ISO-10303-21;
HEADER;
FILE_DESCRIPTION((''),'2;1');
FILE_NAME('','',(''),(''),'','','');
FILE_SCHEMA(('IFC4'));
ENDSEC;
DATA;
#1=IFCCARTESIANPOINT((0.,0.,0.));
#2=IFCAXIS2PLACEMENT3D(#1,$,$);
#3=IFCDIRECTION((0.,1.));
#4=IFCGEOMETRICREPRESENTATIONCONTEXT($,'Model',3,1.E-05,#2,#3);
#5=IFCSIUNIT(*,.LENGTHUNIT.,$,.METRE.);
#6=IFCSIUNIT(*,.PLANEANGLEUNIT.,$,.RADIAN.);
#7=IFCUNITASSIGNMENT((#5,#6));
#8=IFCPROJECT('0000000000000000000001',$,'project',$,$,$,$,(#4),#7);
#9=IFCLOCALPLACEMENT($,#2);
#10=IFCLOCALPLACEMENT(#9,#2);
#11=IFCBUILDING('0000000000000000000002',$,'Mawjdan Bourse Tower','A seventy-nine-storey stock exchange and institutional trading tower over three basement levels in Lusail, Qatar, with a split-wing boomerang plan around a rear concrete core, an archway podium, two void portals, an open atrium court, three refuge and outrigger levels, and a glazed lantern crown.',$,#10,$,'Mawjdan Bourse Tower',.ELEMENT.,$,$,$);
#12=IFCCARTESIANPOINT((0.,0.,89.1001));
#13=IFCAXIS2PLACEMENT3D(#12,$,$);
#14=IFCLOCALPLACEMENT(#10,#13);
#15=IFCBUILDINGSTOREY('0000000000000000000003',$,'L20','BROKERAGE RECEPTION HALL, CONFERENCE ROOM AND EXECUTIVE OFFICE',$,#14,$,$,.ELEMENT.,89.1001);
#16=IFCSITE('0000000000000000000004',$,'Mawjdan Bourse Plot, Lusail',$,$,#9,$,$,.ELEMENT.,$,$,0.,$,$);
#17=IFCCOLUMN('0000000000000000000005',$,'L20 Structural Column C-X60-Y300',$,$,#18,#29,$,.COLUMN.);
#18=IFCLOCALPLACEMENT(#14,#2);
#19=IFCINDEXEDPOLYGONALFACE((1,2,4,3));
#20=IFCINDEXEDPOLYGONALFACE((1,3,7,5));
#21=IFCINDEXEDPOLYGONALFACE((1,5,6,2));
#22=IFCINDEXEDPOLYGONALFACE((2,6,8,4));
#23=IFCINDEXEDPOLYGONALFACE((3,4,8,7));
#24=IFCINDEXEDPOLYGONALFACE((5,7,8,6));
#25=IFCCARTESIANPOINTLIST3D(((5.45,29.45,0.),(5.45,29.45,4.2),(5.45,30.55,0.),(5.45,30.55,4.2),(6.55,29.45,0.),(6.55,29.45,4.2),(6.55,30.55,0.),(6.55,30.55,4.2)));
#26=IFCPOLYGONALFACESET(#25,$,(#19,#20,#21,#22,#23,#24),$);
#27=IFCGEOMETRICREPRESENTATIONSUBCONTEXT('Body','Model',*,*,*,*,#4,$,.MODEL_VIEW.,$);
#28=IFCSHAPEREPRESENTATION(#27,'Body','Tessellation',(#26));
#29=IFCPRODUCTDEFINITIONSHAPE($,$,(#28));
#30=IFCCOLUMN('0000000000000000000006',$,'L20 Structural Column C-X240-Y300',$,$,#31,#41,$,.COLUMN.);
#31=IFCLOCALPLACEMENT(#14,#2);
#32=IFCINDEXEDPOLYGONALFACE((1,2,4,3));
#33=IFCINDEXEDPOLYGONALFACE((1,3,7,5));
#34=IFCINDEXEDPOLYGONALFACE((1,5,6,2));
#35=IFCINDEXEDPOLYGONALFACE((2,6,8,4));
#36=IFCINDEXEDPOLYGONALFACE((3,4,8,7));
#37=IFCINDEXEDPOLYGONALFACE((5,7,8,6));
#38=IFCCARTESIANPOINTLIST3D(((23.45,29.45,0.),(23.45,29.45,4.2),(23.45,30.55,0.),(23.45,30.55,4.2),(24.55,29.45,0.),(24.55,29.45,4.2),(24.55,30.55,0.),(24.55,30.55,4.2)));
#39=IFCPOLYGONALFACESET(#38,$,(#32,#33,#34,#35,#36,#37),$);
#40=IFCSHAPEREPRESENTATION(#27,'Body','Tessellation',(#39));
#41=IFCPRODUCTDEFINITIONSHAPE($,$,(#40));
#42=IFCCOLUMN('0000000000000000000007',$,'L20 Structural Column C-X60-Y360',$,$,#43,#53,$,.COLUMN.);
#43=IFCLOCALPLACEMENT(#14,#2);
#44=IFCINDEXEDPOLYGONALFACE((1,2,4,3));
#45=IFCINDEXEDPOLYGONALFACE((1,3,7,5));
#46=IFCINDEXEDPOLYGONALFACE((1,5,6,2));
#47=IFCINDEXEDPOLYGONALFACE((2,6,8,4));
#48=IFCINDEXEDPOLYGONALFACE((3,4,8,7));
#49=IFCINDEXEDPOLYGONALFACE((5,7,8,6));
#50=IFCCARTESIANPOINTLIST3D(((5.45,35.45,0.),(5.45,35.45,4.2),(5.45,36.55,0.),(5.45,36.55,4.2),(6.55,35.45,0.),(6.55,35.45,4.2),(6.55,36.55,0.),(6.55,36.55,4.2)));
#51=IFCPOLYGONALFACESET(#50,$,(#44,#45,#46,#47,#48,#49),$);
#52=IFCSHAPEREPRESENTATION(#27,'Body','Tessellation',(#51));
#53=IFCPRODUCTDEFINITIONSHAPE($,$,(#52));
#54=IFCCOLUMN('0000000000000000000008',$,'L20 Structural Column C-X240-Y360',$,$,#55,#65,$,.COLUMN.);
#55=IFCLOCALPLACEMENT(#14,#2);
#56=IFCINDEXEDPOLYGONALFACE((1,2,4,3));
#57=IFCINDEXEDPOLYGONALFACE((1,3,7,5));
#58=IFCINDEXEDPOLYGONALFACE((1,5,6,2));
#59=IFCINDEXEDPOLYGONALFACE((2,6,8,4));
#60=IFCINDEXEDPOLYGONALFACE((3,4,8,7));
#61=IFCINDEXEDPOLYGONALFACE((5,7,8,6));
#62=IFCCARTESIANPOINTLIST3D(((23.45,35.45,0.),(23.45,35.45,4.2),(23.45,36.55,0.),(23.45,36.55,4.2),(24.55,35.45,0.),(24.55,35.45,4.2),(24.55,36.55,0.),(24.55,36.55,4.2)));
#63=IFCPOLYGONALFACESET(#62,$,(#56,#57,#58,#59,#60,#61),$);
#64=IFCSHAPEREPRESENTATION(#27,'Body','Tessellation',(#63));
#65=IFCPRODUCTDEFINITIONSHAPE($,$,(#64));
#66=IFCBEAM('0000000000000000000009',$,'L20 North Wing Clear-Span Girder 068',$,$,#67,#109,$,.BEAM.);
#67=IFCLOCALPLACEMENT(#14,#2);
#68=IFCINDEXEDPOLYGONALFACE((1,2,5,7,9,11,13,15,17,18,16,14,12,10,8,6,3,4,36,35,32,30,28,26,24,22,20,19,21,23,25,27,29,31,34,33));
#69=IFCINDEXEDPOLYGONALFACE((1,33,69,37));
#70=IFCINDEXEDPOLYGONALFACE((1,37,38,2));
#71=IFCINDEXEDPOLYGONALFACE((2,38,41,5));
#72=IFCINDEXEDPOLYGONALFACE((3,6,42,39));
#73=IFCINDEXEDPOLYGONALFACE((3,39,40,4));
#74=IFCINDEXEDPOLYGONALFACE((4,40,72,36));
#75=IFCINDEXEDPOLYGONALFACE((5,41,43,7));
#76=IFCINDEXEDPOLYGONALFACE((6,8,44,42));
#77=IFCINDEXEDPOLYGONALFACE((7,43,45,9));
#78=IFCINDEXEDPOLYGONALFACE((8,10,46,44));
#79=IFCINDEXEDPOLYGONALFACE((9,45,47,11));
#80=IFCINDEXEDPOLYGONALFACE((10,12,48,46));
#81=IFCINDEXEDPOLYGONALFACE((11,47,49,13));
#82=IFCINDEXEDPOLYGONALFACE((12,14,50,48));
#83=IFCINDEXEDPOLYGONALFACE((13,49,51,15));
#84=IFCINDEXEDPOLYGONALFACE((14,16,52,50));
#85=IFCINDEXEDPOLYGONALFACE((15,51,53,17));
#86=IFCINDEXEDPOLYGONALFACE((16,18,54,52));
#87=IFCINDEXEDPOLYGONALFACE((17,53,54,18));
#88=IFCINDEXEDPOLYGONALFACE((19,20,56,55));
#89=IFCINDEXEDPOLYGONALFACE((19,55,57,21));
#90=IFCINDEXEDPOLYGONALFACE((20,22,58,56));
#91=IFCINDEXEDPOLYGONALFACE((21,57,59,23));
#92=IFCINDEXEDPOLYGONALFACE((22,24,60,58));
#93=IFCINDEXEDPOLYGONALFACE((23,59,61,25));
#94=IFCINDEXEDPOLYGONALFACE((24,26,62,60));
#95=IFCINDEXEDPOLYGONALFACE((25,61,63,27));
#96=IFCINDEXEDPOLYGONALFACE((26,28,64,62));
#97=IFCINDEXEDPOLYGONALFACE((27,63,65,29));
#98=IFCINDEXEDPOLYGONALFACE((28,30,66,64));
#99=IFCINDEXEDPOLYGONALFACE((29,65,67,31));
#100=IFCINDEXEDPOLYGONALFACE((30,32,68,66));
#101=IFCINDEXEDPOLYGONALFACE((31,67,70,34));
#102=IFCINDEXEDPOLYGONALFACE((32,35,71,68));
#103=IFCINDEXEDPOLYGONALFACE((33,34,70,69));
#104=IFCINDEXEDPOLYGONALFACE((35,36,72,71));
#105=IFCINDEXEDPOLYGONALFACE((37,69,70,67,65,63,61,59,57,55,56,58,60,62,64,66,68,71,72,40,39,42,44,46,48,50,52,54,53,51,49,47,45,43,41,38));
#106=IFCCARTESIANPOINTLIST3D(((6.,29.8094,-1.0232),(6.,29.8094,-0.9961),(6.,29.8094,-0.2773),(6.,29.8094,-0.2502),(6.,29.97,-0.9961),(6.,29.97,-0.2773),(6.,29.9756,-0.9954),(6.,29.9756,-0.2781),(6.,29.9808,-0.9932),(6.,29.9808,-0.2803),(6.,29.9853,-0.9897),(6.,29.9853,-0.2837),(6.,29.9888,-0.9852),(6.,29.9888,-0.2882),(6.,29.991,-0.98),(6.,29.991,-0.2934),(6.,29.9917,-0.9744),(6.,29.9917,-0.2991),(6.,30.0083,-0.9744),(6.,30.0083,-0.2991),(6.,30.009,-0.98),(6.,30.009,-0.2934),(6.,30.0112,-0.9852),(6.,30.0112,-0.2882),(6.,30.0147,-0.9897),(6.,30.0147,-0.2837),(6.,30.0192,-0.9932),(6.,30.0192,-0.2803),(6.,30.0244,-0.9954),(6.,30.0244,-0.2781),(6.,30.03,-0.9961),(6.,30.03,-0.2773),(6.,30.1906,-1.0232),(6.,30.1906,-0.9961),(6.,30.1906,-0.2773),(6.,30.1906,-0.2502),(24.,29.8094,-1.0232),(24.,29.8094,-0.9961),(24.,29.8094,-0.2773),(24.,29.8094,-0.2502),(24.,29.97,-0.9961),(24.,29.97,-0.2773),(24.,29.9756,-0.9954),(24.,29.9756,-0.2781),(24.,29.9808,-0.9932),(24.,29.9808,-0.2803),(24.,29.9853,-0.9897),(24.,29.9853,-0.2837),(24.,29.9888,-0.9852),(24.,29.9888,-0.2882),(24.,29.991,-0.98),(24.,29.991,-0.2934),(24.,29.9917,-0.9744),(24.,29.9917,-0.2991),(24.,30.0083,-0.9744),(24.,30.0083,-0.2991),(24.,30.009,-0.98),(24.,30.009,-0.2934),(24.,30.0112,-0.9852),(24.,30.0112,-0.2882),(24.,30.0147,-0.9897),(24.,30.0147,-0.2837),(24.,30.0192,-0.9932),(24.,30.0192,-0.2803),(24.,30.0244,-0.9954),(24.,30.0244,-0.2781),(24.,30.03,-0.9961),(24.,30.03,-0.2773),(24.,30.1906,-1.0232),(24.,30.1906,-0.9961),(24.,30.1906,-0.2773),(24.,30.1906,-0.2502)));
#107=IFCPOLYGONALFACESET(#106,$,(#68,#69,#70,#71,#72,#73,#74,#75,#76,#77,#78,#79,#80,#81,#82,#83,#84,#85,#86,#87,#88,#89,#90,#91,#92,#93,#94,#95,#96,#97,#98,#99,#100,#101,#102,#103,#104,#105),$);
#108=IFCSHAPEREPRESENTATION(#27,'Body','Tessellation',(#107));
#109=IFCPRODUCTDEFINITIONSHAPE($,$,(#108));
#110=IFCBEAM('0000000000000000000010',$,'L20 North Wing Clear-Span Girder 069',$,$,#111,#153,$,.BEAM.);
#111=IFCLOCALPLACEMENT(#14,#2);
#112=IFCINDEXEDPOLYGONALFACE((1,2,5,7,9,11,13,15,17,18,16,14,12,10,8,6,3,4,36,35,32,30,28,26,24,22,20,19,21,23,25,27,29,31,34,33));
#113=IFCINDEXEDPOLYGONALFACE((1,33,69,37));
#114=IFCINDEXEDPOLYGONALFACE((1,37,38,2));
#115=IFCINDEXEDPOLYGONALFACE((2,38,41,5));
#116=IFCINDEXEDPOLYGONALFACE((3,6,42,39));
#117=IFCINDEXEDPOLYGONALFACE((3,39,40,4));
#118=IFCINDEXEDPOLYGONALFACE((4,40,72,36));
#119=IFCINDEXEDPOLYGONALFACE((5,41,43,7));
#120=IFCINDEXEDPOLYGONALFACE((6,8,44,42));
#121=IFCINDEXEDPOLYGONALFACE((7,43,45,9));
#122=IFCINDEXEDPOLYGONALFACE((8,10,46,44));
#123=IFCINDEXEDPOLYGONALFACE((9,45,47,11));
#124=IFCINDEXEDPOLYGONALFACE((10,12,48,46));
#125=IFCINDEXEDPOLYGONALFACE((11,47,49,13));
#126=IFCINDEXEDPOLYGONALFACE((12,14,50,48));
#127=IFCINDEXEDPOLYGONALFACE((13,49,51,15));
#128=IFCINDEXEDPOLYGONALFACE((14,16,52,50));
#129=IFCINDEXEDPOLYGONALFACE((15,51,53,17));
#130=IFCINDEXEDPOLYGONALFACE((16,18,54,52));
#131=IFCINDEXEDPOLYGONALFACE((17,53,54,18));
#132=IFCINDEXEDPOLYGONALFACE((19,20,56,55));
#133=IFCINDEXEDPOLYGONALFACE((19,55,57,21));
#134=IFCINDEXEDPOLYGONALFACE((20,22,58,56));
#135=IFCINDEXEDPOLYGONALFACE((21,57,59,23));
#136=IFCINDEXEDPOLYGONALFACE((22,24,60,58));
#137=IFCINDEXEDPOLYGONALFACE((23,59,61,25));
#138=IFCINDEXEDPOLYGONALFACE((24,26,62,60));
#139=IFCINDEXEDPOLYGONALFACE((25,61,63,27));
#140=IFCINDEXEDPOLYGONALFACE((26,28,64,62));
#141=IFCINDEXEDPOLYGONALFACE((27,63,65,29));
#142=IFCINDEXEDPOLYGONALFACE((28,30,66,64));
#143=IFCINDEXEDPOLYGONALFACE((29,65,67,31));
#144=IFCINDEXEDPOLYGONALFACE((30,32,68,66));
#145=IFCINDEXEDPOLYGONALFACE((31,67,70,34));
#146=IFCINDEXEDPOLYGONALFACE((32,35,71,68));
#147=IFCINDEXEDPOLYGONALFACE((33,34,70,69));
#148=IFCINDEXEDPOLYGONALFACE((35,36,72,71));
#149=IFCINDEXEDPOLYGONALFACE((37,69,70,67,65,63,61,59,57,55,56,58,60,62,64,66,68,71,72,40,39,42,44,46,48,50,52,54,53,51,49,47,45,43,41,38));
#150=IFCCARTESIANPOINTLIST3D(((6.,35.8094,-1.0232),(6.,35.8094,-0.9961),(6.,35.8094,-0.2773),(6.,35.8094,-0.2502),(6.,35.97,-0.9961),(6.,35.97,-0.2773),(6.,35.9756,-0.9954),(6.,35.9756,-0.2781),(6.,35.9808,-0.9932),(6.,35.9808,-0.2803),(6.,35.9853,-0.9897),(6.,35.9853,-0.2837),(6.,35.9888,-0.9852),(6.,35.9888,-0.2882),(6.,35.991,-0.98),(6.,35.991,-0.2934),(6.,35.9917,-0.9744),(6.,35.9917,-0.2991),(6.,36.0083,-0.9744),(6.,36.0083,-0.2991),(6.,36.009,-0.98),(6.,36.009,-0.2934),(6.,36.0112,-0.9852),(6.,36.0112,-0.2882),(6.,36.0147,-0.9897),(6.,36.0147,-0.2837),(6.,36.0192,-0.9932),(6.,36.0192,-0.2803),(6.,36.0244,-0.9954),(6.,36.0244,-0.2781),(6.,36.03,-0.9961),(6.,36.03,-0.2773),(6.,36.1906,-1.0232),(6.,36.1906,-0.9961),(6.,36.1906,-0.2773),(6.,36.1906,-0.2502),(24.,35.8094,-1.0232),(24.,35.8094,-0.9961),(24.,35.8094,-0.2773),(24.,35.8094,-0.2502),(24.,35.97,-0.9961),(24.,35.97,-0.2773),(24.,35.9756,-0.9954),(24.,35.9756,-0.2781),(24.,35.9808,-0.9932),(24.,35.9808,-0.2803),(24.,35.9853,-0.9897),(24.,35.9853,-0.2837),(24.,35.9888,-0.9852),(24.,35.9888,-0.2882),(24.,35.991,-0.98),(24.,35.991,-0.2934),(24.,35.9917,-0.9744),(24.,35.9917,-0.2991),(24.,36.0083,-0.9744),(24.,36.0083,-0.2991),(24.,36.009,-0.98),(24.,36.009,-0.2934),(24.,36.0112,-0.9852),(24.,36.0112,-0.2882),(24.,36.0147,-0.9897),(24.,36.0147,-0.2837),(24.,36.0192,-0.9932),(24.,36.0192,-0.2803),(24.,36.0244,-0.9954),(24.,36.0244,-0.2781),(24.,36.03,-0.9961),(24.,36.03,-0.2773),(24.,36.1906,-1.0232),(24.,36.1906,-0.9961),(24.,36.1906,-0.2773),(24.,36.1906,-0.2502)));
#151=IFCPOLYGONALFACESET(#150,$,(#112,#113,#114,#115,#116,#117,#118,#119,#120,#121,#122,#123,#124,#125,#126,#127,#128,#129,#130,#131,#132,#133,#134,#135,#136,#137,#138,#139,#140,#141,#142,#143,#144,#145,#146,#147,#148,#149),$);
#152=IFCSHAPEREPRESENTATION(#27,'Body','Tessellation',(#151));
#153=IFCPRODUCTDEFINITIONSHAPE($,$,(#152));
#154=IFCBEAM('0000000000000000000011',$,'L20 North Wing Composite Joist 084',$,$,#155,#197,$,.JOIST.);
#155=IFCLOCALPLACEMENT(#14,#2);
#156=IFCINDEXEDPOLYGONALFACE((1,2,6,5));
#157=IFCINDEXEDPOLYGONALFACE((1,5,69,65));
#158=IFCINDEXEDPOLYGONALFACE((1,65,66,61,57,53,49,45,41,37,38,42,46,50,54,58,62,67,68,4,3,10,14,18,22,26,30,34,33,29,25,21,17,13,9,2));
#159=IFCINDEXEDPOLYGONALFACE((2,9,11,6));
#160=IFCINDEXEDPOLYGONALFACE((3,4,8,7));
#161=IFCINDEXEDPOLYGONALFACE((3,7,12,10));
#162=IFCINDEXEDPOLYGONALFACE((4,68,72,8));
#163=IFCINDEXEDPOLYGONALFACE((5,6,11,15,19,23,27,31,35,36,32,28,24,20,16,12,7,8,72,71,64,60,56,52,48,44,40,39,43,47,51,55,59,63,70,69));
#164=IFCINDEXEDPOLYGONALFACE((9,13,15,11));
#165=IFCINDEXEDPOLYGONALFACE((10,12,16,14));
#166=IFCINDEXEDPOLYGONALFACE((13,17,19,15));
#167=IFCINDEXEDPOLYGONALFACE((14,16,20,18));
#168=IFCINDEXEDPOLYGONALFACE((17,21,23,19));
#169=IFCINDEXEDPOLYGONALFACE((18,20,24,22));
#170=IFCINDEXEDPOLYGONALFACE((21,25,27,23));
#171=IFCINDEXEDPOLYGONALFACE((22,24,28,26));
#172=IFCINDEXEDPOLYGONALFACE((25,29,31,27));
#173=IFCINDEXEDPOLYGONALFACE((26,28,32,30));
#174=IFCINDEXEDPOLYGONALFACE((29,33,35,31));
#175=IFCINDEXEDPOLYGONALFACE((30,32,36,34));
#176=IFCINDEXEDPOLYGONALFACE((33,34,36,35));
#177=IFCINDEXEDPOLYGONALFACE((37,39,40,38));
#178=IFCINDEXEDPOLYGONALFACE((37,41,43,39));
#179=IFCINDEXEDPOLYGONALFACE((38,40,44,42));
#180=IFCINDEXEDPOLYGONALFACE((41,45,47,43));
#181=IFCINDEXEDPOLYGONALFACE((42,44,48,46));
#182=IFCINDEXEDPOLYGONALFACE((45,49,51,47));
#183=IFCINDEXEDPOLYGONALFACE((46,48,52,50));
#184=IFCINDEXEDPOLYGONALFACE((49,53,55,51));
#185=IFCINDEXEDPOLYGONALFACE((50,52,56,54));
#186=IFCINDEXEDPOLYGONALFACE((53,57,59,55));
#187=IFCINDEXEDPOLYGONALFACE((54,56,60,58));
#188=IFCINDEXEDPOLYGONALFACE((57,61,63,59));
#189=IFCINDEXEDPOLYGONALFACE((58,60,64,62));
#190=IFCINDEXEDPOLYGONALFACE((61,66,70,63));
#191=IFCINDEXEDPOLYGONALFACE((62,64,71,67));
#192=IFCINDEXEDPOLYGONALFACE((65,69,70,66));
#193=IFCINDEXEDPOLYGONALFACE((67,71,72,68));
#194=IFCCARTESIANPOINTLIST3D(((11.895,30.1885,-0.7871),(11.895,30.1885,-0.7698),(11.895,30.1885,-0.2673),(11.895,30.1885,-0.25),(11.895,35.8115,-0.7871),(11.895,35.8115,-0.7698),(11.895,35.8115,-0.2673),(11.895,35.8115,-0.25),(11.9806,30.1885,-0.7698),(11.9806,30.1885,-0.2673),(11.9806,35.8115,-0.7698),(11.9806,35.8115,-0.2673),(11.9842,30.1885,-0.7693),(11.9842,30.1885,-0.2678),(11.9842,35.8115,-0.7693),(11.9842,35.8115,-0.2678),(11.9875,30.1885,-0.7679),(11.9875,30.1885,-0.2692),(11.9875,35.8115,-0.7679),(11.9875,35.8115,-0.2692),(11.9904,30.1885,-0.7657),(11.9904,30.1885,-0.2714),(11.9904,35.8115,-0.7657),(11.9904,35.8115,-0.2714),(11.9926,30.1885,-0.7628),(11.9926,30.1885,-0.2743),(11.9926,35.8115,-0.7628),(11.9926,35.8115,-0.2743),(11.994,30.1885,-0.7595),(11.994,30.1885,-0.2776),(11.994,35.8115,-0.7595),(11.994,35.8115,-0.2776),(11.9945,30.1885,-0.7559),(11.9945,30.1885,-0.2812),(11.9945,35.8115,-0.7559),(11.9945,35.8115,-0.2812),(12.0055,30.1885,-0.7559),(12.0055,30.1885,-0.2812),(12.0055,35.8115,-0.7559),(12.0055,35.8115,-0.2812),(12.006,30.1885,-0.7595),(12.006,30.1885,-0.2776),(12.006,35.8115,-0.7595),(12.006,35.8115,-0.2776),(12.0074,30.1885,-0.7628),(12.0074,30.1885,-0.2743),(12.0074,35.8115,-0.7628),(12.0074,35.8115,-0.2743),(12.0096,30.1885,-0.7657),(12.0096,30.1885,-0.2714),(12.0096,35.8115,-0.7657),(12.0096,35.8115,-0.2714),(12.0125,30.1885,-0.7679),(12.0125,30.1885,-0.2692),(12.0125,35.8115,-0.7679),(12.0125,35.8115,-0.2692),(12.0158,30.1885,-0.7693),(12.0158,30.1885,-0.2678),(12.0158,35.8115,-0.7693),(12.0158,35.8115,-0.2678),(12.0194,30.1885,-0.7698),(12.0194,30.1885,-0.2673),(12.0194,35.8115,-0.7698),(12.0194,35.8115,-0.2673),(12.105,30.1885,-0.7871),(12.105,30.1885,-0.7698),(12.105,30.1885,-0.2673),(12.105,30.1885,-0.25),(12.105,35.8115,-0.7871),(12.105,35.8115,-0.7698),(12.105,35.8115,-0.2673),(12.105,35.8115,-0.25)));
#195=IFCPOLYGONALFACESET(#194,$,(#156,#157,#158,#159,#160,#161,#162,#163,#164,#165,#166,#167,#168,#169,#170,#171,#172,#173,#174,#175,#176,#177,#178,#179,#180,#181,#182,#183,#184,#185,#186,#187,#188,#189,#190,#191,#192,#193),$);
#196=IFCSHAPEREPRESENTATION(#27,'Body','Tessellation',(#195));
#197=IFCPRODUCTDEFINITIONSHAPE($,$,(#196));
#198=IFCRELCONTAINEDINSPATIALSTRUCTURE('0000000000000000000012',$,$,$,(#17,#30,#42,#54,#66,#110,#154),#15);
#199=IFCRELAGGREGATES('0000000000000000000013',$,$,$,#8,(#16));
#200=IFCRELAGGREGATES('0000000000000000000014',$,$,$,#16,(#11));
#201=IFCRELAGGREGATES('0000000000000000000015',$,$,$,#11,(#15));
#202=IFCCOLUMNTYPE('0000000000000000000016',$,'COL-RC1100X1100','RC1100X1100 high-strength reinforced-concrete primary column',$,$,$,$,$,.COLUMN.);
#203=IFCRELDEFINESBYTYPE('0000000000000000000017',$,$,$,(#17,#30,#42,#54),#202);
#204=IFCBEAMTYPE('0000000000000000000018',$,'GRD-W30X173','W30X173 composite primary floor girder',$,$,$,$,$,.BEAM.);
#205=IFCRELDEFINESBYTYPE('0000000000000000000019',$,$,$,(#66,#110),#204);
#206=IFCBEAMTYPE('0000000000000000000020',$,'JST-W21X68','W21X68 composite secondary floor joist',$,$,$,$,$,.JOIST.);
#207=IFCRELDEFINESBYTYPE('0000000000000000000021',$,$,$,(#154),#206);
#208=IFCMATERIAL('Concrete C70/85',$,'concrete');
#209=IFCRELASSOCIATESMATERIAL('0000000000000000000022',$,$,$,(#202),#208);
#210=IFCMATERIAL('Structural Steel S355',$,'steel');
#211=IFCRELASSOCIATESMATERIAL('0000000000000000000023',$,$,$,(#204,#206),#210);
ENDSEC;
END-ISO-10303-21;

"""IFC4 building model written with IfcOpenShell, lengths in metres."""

from ifc_helpers import new_model, si_unit, direction, frame, origin, origin_2d, place, context, subcontext, project, spatial, rectangle, i_section, extrude, material, material_profile, profile_set, type_object, element, save


model = new_model("IFC4")

# Units and contexts
model_context = context("Model", 3, precision=1e-05, world=origin(), true_north=direction((0.0, 1.0)))
body_context = subcontext(model_context, "Body", "Model", "MODEL_VIEW")
ifc_project = project(units=[si_unit("LENGTHUNIT", "METRE"), si_unit("PLANEANGLEUNIT", "RADIAN")], contexts=[model_context])

# Site, building, storey
site_placement = place(None, origin())
site = spatial("IfcSite", under=ifc_project, at=site_placement, Name="Mawjdan Bourse Plot, Lusail", CompositionType="ELEMENT", RefElevation=0.0)
building_placement = place(site_placement, origin())
building = spatial("IfcBuilding", under=site, at=building_placement, Name="Mawjdan Bourse Tower", Description="A seventy-nine-storey stock exchange and institutional trading tower over three basement levels in Lusail, Qatar, with a split-wing boomerang plan around a rear concrete core, an archway podium, two void portals, an open atrium court, three refuge and outrigger levels, and a glazed lantern crown.", LongName="Mawjdan Bourse Tower", CompositionType="ELEMENT")
storey_placement = place(building_placement, frame((0.0, 0.0, 89.1001)))
storey = spatial("IfcBuildingStorey", under=building, at=storey_placement, Name="L20", Description="BROKERAGE RECEPTION HALL, CONFERENCE ROOM AND EXECUTIVE OFFICE", CompositionType="ELEMENT", Elevation=89.1001)

# Columns
ifc_material_1 = material(Name="Concrete C70/85", Category="concrete")
ifc_material_profile_1 = material_profile(ifc_material_1, rectangle(XDim=1.1001, YDim=1.1001, at=origin_2d()), Name="RC1100X1100")
ifc_profile_set_1 = profile_set([ifc_material_profile_1], Name="Concrete C70/85")
column_type = type_object("IfcColumnType", Name="COL-RC1100X1100", Description="RC1100X1100 high-strength reinforced-concrete primary column", PredefinedType="COLUMN", material=ifc_profile_set_1)
for number, where, z_axis, x_axis, name in (
    (1, (6.0, 30.0, 0.0), (0.0, 0.0, 1.0), (1.0, 0.0, 0.0), "L20 Structural Column C-X60-Y300"),
    (2, (24.0, 30.0, 0.0), (0.0, 0.0, 1.0), (1.0, 0.0, 0.0), "L20 Structural Column C-X240-Y300"),
    (3, (6.0, 36.0, 0.0), (0.0, 0.0, 1.0), (1.0, 0.0, 0.0), "L20 Structural Column C-X60-Y360"),
    (4, (24.0, 36.0, 0.0), (0.0, 0.0, 1.0), (1.0, 0.0, 0.0), "L20 Structural Column C-X240-Y360"),
):
    element("IfcColumn", number, at=place(storey_placement, frame(where, z_axis=z_axis, x_axis=x_axis)), inside=storey, type_object=column_type, Name=name, PredefinedType="COLUMN", context=body_context, shape_type="SweptSolid", body=[
        extrude(rectangle(XDim=1.1001, YDim=1.1001, at=origin_2d()), origin(), (0.0, 0.0, 1.0), 4.2),
    ])

# Beams
ifc_material_2 = material(Name="Structural Steel S355", Category="steel")
ifc_material_profile_2 = material_profile(ifc_material_2, i_section(OverallWidth=0.3811, OverallDepth=0.7729, WebThickness=0.0166, FlangeThickness=0.0271, FilletRadius=0.0217, at=origin_2d()), Name="W30X173")
ifc_profile_set_2 = profile_set([ifc_material_profile_2], Name="Structural Steel S355")
beam_type_1 = type_object("IfcBeamType", Name="GRD-W30X173", Description="W30X173 composite primary floor girder", PredefinedType="BEAM", material=ifc_profile_set_2)
for number, where, z_axis, x_axis, name in (
    (5, (6.0, 30.0, -0.6367), (1.0, 0.0, 0.0), (0.0, 1.0, 0.0), "L20 North Wing Clear-Span Girder 068"),
    (6, (6.0, 36.0, -0.6367), (1.0, 0.0, 0.0), (0.0, 1.0, 0.0), "L20 North Wing Clear-Span Girder 069"),
):
    element("IfcBeam", number, at=place(storey_placement, frame(where, z_axis=z_axis, x_axis=x_axis)), inside=storey, type_object=beam_type_1, Name=name, PredefinedType="BEAM", context=body_context, shape_type="SweptSolid", body=[
        extrude(i_section(OverallWidth=0.3811, OverallDepth=0.7729, WebThickness=0.0166, FlangeThickness=0.0271, FilletRadius=0.0217, at=origin_2d()), origin(), (0.0, 0.0, 1.0), 18.0),
    ])
ifc_material_profile_3 = material_profile(ifc_material_2, i_section(OverallWidth=0.21, OverallDepth=0.5371, WebThickness=0.011, FlangeThickness=0.0173, FilletRadius=0.0139, at=origin_2d()), Name="W21X68")
ifc_profile_set_3 = profile_set([ifc_material_profile_3], Name="Structural Steel S355")
beam_type_2 = type_object("IfcBeamType", Name="JST-W21X68", Description="W21X68 composite secondary floor joist", PredefinedType="JOIST", material=ifc_profile_set_3)
beam_1_placement = place(storey_placement, frame((12.0, 30.1885, -0.5186), z_axis=(0.0, 1.0, 0.0), x_axis=(-1.0, 0.0, 0.0)))
element("IfcBeam", 7, at=beam_1_placement, inside=storey, type_object=beam_type_2, Name="L20 North Wing Composite Joist 084", PredefinedType="JOIST", context=body_context, shape_type="SweptSolid", body=[
    extrude(i_section(OverallWidth=0.21, OverallDepth=0.5371, WebThickness=0.011, FlangeThickness=0.0173, FilletRadius=0.0139, at=origin_2d()), origin(), (0.0, 0.0, 1.0), 5.623),
])

save(model, "model.ifc")
